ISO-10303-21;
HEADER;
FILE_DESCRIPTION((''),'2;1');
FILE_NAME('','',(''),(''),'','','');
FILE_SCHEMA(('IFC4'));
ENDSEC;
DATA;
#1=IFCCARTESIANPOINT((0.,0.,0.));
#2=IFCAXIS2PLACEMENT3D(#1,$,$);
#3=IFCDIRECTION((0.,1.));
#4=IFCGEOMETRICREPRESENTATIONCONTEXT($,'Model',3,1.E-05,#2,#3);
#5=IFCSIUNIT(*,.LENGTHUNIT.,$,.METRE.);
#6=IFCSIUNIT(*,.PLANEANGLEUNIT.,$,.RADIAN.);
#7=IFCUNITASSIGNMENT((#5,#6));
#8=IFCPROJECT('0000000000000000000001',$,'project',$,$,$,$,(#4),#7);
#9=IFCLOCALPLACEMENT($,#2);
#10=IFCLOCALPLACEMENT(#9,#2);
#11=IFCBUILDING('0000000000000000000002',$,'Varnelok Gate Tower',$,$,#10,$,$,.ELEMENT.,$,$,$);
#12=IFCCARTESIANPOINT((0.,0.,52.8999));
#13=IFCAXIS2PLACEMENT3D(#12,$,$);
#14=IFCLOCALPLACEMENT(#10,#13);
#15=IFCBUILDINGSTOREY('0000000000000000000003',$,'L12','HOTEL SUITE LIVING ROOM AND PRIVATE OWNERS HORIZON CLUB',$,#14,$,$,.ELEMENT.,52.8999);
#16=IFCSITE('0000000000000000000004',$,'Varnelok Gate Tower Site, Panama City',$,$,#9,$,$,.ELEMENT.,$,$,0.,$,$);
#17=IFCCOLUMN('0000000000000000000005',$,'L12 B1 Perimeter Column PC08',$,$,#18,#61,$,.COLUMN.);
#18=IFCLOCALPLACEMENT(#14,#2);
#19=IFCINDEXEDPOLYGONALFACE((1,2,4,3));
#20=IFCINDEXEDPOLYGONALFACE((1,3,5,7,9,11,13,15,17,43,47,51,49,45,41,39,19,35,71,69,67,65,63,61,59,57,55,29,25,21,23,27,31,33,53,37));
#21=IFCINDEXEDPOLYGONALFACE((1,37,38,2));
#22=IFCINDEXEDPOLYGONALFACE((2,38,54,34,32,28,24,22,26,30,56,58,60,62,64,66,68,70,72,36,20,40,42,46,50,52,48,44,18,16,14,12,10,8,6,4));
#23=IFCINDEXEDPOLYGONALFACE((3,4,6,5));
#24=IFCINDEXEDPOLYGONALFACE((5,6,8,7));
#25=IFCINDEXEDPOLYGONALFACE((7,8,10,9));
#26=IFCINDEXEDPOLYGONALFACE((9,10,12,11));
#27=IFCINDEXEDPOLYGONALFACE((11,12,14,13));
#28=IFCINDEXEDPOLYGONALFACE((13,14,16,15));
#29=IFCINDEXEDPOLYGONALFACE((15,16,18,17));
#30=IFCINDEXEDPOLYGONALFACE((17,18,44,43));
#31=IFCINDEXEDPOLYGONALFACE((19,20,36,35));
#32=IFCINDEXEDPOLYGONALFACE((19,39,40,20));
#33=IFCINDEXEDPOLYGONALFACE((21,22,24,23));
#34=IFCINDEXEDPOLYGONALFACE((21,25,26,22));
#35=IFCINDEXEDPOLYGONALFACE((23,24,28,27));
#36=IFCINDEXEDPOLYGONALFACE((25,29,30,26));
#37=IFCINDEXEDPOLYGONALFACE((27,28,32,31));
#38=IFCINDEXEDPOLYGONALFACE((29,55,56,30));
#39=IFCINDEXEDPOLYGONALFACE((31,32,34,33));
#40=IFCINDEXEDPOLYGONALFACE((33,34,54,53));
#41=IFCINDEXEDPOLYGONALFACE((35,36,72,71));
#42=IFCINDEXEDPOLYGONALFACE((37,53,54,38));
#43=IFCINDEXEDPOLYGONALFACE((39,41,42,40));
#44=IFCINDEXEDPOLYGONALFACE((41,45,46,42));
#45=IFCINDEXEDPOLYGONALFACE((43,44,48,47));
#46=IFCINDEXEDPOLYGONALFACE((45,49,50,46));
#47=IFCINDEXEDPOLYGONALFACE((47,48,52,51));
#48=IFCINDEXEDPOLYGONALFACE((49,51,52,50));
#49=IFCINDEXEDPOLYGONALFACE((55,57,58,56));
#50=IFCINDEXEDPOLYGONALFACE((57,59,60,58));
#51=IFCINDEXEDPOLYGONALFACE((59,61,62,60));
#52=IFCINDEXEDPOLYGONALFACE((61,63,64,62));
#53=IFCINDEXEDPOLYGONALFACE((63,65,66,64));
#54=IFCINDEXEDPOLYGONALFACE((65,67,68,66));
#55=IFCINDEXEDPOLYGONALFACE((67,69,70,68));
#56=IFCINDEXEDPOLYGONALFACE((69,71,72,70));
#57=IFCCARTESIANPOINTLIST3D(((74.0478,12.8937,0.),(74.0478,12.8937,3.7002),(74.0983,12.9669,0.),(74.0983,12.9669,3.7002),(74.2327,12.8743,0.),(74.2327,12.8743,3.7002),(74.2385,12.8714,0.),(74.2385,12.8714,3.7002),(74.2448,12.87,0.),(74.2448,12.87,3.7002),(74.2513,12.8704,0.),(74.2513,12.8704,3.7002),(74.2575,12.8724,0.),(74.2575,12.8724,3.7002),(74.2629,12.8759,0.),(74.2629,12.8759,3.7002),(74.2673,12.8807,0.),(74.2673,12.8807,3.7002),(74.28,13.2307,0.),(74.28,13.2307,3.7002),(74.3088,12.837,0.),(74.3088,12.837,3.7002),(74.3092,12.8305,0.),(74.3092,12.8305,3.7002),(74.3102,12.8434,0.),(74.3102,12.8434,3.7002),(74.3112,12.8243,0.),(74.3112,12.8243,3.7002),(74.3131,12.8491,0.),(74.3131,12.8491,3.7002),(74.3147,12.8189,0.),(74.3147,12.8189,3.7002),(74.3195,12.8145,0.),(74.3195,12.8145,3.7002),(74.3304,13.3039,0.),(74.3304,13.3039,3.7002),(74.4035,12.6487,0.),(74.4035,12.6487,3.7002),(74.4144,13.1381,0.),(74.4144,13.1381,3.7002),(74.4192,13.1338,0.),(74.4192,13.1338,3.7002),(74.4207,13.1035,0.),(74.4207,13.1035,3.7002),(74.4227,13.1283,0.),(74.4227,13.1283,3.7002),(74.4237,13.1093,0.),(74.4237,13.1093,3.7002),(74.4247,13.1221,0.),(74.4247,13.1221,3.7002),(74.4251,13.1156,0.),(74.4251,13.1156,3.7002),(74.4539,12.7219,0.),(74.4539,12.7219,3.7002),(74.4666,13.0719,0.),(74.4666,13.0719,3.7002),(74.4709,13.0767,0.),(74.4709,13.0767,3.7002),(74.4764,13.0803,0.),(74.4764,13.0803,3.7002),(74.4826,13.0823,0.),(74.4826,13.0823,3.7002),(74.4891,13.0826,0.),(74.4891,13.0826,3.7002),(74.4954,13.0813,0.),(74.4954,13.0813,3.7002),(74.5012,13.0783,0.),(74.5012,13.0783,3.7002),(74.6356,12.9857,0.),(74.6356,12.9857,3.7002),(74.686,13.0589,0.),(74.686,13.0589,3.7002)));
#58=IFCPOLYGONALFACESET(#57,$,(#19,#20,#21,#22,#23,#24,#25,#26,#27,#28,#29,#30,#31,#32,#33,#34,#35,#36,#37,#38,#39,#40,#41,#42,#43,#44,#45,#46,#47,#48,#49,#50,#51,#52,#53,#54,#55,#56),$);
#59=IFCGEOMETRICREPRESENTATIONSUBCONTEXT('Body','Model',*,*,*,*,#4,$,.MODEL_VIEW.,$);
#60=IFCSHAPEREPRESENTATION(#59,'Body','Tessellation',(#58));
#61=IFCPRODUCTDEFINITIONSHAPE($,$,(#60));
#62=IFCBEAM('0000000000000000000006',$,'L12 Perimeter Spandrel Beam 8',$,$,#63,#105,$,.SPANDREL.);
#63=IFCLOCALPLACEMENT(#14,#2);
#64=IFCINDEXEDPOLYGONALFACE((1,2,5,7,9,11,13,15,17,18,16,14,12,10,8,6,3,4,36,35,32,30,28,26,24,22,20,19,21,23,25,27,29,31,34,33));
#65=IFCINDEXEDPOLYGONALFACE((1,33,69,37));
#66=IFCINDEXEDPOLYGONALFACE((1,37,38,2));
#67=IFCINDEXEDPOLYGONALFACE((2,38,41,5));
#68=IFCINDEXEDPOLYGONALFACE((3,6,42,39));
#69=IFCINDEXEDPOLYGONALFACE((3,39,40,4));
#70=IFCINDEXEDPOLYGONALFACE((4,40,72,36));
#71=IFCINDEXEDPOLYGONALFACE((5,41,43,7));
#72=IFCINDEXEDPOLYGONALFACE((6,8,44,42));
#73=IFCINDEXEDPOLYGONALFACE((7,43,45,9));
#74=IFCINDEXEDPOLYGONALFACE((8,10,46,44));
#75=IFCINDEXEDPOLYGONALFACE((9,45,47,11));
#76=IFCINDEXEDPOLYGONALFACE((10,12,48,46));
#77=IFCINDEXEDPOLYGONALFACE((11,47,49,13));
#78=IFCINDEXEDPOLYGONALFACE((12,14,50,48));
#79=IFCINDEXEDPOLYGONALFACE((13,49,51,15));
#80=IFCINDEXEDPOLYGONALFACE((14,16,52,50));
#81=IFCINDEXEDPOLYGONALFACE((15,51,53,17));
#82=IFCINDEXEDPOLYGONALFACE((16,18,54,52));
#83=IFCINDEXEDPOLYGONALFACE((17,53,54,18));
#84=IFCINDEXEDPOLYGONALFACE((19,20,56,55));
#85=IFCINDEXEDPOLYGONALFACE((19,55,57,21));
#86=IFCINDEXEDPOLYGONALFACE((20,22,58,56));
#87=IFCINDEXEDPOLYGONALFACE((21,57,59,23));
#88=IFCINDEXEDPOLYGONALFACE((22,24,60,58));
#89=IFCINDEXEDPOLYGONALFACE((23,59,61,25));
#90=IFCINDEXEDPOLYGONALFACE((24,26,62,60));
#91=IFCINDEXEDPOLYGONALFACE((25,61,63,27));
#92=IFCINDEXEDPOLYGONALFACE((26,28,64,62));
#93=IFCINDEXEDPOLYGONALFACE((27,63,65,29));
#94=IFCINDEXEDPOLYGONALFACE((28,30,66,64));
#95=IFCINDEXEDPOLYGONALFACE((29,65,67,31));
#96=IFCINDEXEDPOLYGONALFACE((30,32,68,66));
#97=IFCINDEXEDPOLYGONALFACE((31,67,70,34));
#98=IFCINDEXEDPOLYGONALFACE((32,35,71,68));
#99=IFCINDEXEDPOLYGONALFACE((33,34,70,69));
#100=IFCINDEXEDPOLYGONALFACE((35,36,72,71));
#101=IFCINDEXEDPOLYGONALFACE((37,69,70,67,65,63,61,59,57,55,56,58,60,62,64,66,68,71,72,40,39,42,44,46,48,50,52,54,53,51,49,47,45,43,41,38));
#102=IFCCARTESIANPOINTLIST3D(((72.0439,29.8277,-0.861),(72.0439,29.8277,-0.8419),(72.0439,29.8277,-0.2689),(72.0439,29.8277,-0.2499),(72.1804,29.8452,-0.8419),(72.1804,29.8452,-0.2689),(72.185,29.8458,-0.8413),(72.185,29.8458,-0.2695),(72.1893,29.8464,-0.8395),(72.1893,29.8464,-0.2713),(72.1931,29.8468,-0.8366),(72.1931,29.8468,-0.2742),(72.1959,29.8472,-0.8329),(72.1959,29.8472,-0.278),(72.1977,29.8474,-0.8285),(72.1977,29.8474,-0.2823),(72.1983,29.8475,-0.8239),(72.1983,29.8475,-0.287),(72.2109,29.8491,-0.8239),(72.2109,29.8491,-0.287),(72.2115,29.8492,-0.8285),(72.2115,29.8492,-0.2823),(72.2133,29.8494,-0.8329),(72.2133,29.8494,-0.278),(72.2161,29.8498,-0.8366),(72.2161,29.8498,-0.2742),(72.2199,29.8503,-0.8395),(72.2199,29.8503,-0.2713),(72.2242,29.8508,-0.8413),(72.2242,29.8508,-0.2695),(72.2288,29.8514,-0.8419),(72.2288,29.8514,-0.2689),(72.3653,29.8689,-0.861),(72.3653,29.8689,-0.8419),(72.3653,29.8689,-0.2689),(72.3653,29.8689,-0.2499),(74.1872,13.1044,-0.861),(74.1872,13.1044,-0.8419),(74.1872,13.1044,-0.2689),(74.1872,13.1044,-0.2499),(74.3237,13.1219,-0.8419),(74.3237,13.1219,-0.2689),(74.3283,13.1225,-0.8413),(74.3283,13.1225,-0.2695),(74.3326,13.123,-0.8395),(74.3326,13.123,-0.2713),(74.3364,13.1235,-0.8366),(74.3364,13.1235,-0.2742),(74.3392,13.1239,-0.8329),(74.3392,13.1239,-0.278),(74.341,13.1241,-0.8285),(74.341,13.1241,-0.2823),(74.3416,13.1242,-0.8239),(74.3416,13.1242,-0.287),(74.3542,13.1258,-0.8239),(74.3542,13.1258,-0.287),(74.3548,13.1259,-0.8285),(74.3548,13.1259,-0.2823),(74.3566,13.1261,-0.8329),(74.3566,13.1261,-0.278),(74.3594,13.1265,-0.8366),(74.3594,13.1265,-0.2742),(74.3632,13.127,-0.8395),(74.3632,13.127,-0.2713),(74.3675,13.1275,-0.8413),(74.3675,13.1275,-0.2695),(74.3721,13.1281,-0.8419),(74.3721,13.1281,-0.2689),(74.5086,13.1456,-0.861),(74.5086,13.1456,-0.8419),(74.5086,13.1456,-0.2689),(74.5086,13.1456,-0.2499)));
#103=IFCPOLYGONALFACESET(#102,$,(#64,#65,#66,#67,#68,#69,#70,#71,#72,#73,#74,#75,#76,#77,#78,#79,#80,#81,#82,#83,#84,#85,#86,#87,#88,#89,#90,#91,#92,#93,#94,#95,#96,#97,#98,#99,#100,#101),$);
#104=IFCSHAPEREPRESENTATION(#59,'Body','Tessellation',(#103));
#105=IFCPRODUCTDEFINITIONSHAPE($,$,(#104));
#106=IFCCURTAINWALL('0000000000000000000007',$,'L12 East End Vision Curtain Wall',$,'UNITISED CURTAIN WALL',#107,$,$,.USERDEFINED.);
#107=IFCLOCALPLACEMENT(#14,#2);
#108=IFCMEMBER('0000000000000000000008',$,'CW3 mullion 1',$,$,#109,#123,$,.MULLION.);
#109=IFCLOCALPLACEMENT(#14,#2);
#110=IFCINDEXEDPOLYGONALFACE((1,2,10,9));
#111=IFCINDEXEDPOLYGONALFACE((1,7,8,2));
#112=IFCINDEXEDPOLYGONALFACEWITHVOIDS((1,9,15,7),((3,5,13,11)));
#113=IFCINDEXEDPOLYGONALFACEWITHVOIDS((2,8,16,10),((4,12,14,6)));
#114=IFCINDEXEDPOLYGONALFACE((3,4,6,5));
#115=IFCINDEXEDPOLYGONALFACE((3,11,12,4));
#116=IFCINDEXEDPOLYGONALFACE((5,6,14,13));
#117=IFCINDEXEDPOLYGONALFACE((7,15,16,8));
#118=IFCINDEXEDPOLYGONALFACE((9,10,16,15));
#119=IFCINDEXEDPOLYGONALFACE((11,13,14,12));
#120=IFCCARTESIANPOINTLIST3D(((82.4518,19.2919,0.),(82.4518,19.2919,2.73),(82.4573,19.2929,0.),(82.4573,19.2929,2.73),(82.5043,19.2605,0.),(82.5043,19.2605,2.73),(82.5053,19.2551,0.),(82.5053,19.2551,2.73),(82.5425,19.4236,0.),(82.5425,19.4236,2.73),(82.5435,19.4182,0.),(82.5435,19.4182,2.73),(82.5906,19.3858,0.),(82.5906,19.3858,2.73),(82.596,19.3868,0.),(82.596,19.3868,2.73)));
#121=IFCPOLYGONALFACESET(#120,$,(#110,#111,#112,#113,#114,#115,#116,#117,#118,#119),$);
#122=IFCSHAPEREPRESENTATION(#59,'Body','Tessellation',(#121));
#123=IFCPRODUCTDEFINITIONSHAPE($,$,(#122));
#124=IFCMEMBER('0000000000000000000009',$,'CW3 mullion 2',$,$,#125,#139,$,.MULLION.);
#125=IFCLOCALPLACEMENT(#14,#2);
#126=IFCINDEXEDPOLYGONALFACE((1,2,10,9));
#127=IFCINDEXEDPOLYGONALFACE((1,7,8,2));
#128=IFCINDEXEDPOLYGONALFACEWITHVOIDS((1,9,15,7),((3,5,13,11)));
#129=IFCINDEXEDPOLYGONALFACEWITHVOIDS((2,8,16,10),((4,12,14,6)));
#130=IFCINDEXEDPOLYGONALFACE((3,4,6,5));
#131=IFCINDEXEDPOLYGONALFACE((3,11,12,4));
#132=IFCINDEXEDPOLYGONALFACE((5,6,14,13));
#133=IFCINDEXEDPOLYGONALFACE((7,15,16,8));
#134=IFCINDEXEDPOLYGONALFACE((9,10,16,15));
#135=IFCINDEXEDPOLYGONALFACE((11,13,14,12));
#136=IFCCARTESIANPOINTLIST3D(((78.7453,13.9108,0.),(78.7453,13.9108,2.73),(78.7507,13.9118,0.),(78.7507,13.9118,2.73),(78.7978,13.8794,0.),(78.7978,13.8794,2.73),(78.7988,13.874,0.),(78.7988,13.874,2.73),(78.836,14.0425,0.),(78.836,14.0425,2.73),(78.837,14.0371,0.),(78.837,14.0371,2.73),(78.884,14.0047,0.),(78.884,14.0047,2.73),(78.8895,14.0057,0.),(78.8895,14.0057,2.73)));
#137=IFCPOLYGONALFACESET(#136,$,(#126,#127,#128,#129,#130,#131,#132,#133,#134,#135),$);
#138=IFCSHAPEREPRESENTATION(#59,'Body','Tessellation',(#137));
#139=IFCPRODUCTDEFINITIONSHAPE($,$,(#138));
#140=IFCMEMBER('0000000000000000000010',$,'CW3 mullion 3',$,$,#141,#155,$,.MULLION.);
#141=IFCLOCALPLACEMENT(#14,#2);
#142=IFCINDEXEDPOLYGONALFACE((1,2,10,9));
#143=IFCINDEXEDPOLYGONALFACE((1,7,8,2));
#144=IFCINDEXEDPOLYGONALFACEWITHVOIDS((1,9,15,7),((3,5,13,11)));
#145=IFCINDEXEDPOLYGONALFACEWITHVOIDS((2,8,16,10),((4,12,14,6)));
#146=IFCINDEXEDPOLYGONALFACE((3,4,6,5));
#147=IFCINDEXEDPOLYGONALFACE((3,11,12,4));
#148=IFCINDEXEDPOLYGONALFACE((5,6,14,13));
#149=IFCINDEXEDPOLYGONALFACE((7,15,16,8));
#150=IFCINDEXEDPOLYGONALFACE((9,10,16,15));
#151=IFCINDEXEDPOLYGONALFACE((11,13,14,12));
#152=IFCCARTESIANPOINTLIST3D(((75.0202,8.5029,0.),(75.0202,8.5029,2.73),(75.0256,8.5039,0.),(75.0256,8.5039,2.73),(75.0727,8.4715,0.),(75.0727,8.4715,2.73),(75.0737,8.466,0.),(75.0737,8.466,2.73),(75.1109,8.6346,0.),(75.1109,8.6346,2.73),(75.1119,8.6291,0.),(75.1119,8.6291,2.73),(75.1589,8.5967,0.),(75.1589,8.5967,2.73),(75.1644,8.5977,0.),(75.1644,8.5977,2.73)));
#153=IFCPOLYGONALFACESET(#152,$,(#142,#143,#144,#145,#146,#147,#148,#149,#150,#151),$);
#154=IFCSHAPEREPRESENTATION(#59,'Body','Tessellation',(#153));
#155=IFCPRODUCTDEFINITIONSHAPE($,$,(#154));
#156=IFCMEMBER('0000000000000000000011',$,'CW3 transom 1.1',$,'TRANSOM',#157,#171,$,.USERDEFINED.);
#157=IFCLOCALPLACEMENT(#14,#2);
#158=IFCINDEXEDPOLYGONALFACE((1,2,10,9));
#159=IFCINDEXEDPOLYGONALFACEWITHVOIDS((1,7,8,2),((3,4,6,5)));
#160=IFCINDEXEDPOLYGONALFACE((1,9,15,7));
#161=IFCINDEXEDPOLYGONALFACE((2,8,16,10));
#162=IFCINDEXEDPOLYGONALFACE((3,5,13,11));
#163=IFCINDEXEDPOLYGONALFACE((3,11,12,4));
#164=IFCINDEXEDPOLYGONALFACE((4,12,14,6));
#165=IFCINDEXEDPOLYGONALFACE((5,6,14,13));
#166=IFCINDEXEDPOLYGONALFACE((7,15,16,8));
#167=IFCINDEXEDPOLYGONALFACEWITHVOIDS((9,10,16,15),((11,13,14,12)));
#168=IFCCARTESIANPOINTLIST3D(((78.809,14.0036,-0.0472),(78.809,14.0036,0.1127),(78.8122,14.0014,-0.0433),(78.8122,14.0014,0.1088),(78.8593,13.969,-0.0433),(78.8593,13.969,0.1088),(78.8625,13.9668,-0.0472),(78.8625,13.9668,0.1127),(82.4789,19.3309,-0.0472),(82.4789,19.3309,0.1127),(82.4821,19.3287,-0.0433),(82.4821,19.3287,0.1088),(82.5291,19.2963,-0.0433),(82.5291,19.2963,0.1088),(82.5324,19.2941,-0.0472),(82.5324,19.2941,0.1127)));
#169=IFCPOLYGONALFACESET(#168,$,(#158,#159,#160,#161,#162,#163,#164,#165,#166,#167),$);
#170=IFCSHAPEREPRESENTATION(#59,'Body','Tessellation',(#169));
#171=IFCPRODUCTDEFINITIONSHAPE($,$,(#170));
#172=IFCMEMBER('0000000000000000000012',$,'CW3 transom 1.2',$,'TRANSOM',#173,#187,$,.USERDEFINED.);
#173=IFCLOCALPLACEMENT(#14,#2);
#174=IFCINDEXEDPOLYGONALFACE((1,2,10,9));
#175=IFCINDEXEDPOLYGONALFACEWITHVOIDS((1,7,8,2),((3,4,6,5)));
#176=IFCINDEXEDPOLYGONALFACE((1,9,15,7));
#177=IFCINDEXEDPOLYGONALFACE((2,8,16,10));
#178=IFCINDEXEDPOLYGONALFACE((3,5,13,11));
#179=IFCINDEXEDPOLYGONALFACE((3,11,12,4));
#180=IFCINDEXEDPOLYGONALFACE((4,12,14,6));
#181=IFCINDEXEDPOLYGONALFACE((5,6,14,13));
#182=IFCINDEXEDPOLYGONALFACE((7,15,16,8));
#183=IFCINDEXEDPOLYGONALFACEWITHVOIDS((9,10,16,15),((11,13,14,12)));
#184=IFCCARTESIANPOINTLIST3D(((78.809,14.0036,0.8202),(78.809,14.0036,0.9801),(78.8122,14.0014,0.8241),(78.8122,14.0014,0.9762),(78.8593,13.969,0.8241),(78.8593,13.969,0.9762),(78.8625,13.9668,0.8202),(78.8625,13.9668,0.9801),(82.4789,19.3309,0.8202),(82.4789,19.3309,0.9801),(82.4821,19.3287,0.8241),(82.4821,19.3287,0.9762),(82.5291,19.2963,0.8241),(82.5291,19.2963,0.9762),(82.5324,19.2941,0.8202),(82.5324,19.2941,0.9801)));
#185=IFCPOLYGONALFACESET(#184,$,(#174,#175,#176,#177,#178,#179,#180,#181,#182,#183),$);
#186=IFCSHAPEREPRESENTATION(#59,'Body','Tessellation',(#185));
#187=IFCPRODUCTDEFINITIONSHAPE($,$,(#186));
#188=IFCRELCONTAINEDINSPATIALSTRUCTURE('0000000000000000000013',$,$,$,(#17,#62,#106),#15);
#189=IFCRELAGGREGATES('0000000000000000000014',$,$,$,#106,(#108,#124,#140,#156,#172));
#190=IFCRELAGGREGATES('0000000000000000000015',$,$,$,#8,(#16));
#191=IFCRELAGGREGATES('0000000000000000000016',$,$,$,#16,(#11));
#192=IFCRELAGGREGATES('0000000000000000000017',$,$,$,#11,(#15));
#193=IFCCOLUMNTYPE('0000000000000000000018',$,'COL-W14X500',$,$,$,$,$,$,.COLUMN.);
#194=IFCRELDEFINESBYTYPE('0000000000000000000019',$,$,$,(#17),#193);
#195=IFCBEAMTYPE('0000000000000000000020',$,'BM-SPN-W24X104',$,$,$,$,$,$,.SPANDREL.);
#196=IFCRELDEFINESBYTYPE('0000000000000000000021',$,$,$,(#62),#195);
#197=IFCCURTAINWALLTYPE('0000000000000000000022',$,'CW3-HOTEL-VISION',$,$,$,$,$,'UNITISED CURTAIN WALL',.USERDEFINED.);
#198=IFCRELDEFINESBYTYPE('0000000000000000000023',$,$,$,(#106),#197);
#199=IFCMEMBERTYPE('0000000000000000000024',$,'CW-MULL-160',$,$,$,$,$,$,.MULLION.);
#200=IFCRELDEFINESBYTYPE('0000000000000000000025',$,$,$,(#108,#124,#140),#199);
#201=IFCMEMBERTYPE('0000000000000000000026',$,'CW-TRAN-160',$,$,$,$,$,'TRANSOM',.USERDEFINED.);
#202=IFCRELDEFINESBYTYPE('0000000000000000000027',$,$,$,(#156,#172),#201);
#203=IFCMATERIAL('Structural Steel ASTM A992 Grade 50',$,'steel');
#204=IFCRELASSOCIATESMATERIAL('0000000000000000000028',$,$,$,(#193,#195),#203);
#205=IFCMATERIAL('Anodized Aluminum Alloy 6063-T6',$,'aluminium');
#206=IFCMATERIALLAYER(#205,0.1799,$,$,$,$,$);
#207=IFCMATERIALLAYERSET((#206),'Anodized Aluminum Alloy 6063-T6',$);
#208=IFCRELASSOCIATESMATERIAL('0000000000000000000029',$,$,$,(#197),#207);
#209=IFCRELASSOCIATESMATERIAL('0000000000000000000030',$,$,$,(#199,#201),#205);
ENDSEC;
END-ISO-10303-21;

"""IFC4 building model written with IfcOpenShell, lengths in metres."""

from ifc_helpers import new_model, si_unit, direction, frame, origin, origin_2d, place, context, subcontext, project, spatial, hollow_rectangle, i_section, extrude, material, layer, layer_set, material_profile, profile_set, type_object, element, aggregate, save


model = new_model("IFC4")

# Units and contexts
model_context = context("Model", 3, precision=1e-05, world=origin(), true_north=direction((0.0, 1.0)))
body_context = subcontext(model_context, "Body", "Model", "MODEL_VIEW")
ifc_project = project(units=[si_unit("LENGTHUNIT", "METRE"), si_unit("PLANEANGLEUNIT", "RADIAN")], contexts=[model_context])

# Site, building, storey
site_placement = place(None, origin())
site = spatial("IfcSite", under=ifc_project, at=site_placement, Name="Varnelok Gate Tower Site, Panama City", CompositionType="ELEMENT", RefElevation=0.0)
building_placement = place(site_placement, origin())
building = spatial("IfcBuilding", under=site, at=building_placement, Name="Varnelok Gate Tower", CompositionType="ELEMENT")
storey_placement = place(building_placement, frame((0.0, 0.0, 52.8999)))
storey = spatial("IfcBuildingStorey", under=building, at=storey_placement, Name="L12", Description="HOTEL SUITE LIVING ROOM AND PRIVATE OWNERS HORIZON CLUB", CompositionType="ELEMENT", Elevation=52.8999)

# Column
ifc_material_1 = material(Name="Structural Steel ASTM A992 Grade 50", Category="steel")
ifc_material_profile_1 = material_profile(ifc_material_1, i_section(OverallWidth=0.4319, OverallDepth=0.498, WebThickness=0.0557, FlangeThickness=0.0889, FilletRadius=0.0249, at=origin_2d()), Name="W14X500")
ifc_profile_set_1 = profile_set([ifc_material_profile_1], Name="Structural Steel ASTM A992 Grade 50")
column_type = type_object("IfcColumnType", Name="COL-W14X500", PredefinedType="COLUMN", material=ifc_profile_set_1)
column_placement = place(storey_placement, frame((74.3669, 12.9763, 0.0), z_axis=(0.0, 0.0, 1.0), x_axis=(0.823533, -0.567269, 0.0)))
element("IfcColumn", 1, at=column_placement, inside=storey, type_object=column_type, Name="L12 B1 Perimeter Column PC08", PredefinedType="COLUMN", context=body_context, shape_type="SweptSolid", body=[
    extrude(i_section(OverallWidth=0.4319, OverallDepth=0.498, WebThickness=0.0557, FlangeThickness=0.0889, FilletRadius=0.0249, at=origin_2d()), origin(), (0.0, 0.0, 1.0), 3.7002),
])

# Beam
ifc_material_profile_2 = material_profile(ifc_material_1, i_section(OverallWidth=0.324, OverallDepth=0.6111, WebThickness=0.0127, FlangeThickness=0.019, FilletRadius=0.0181, at=origin_2d()), Name="W24X104")
ifc_profile_set_2 = profile_set([ifc_material_profile_2], Name="Structural Steel ASTM A992 Grade 50")
beam_type = type_object("IfcBeamType", Name="BM-SPN-W24X104", PredefinedType="SPANDREL", material=ifc_profile_set_2)
beam_placement = place(storey_placement, frame((74.3479, 13.125, -0.5554), z_axis=(-0.127123, 0.991887, 0.0), x_axis=(-0.991887, -0.127123, 0.0)))
element("IfcBeam", 2, at=beam_placement, inside=storey, type_object=beam_type, Name="L12 Perimeter Spandrel Beam 8", PredefinedType="SPANDREL", context=body_context, shape_type="SweptSolid", body=[
    extrude(i_section(OverallWidth=0.324, OverallDepth=0.6111, WebThickness=0.0127, FlangeThickness=0.019, FilletRadius=0.0181, at=origin_2d()), origin(), (0.0, 0.0, 1.0), 16.8601),
])

# Curtain wall, members
ifc_material_2 = material(Name="Anodized Aluminum Alloy 6063-T6", Category="aluminium")
ifc_layer_1 = layer(ifc_material_2, 0.1799)
ifc_layer_set_1 = layer_set([ifc_layer_1], Name="Anodized Aluminum Alloy 6063-T6")
curtain_wall_type = type_object("IfcCurtainWallType", Name="CW3-HOTEL-VISION", ElementType="UNITISED CURTAIN WALL", PredefinedType="USERDEFINED", material=ifc_layer_set_1)
curtain_wall_placement = place(storey_placement, origin())
curtain_wall = element("IfcCurtainWall", 3, at=curtain_wall_placement, inside=storey, type_object=curtain_wall_type, Name="L12 East End Vision Curtain Wall", ObjectType="UNITISED CURTAIN WALL", PredefinedType="USERDEFINED")
ifc_material_profile_3 = material_profile(ifc_material_2, hollow_rectangle(XDim=0.0649, YDim=0.1599, WallThickness=0.0039, at=origin_2d()), Name="ALU160X65X4")
ifc_profile_set_3 = profile_set([ifc_material_profile_3], Name="Anodized Aluminum Alloy 6063-T6")
member_type_1 = type_object("IfcMemberType", Name="CW-MULL-160", PredefinedType="MULLION", material=ifc_profile_set_3)
member_1_placement = place(storey_placement, frame((82.5239, 19.3394, 0.0), z_axis=(0.0, 0.0, 1.0), x_axis=(0.823533, -0.567269, 0.0)))
member_1 = element("IfcMember", 4, at=member_1_placement, type_object=member_type_1, Name="CW3 mullion 1", PredefinedType="MULLION", context=body_context, shape_type="SweptSolid", body=[
    extrude(hollow_rectangle(XDim=0.0649, YDim=0.1599, WallThickness=0.0039, at=origin_2d()), origin(), (0.0, 0.0, 1.0), 2.73),
])
member_2_placement = place(storey_placement, frame((78.8174, 13.9583, 0.0), z_axis=(0.0, 0.0, 1.0), x_axis=(0.823533, -0.567269, 0.0)))
member_2 = element("IfcMember", 5, at=member_2_placement, type_object=member_type_1, Name="CW3 mullion 2", PredefinedType="MULLION", context=body_context, shape_type="SweptSolid", body=[
    extrude(hollow_rectangle(XDim=0.0649, YDim=0.1599, WallThickness=0.0039, at=origin_2d()), origin(), (0.0, 0.0, 1.0), 2.73),
])
member_3_placement = place(storey_placement, frame((75.0923, 8.5503, 0.0), z_axis=(0.0, 0.0, 1.0), x_axis=(0.823533, -0.567269, 0.0)))
member_3 = element("IfcMember", 6, at=member_3_placement, type_object=member_type_1, Name="CW3 mullion 3", PredefinedType="MULLION", context=body_context, shape_type="SweptSolid", body=[
    extrude(hollow_rectangle(XDim=0.0649, YDim=0.1599, WallThickness=0.0039, at=origin_2d()), origin(), (0.0, 0.0, 1.0), 2.73),
])
ifc_material_profile_4 = material_profile(ifc_material_2, hollow_rectangle(XDim=0.0649, YDim=0.1599, WallThickness=0.0039, at=origin_2d()), Name="ALU160X65X4")
ifc_profile_set_4 = profile_set([ifc_material_profile_4], Name="Anodized Aluminum Alloy 6063-T6")
member_type_2 = type_object("IfcMemberType", Name="CW-TRAN-160", ElementType="TRANSOM", PredefinedType="USERDEFINED", material=ifc_profile_set_4)
member_4_placement = place(storey_placement, frame((82.5056, 19.3125, 0.0327), z_axis=(-0.567299, -0.823512, 0.0), x_axis=(0.823512, -0.567299, 0.0)))
member_4 = element("IfcMember", 7, at=member_4_placement, type_object=member_type_2, Name="CW3 transom 1.1", ObjectType="TRANSOM", PredefinedType="USERDEFINED", context=body_context, shape_type="SweptSolid", body=[
    extrude(hollow_rectangle(XDim=0.0649, YDim=0.1599, WallThickness=0.0039, at=origin_2d()), origin(), (0.0, 0.0, 1.0), 6.469),
])
member_5_placement = place(storey_placement, frame((82.5056, 19.3125, 0.9001), z_axis=(-0.567299, -0.823512, 0.0), x_axis=(0.823512, -0.567299, 0.0)))
member_5 = element("IfcMember", 8, at=member_5_placement, type_object=member_type_2, Name="CW3 transom 1.2", ObjectType="TRANSOM", PredefinedType="USERDEFINED", context=body_context, shape_type="SweptSolid", body=[
    extrude(hollow_rectangle(XDim=0.0649, YDim=0.1599, WallThickness=0.0039, at=origin_2d()), origin(), (0.0, 0.0, 1.0), 6.469),
])
aggregate(curtain_wall, [member_1, member_2, member_3, member_4, member_5])

save(model, "model.ifc")
